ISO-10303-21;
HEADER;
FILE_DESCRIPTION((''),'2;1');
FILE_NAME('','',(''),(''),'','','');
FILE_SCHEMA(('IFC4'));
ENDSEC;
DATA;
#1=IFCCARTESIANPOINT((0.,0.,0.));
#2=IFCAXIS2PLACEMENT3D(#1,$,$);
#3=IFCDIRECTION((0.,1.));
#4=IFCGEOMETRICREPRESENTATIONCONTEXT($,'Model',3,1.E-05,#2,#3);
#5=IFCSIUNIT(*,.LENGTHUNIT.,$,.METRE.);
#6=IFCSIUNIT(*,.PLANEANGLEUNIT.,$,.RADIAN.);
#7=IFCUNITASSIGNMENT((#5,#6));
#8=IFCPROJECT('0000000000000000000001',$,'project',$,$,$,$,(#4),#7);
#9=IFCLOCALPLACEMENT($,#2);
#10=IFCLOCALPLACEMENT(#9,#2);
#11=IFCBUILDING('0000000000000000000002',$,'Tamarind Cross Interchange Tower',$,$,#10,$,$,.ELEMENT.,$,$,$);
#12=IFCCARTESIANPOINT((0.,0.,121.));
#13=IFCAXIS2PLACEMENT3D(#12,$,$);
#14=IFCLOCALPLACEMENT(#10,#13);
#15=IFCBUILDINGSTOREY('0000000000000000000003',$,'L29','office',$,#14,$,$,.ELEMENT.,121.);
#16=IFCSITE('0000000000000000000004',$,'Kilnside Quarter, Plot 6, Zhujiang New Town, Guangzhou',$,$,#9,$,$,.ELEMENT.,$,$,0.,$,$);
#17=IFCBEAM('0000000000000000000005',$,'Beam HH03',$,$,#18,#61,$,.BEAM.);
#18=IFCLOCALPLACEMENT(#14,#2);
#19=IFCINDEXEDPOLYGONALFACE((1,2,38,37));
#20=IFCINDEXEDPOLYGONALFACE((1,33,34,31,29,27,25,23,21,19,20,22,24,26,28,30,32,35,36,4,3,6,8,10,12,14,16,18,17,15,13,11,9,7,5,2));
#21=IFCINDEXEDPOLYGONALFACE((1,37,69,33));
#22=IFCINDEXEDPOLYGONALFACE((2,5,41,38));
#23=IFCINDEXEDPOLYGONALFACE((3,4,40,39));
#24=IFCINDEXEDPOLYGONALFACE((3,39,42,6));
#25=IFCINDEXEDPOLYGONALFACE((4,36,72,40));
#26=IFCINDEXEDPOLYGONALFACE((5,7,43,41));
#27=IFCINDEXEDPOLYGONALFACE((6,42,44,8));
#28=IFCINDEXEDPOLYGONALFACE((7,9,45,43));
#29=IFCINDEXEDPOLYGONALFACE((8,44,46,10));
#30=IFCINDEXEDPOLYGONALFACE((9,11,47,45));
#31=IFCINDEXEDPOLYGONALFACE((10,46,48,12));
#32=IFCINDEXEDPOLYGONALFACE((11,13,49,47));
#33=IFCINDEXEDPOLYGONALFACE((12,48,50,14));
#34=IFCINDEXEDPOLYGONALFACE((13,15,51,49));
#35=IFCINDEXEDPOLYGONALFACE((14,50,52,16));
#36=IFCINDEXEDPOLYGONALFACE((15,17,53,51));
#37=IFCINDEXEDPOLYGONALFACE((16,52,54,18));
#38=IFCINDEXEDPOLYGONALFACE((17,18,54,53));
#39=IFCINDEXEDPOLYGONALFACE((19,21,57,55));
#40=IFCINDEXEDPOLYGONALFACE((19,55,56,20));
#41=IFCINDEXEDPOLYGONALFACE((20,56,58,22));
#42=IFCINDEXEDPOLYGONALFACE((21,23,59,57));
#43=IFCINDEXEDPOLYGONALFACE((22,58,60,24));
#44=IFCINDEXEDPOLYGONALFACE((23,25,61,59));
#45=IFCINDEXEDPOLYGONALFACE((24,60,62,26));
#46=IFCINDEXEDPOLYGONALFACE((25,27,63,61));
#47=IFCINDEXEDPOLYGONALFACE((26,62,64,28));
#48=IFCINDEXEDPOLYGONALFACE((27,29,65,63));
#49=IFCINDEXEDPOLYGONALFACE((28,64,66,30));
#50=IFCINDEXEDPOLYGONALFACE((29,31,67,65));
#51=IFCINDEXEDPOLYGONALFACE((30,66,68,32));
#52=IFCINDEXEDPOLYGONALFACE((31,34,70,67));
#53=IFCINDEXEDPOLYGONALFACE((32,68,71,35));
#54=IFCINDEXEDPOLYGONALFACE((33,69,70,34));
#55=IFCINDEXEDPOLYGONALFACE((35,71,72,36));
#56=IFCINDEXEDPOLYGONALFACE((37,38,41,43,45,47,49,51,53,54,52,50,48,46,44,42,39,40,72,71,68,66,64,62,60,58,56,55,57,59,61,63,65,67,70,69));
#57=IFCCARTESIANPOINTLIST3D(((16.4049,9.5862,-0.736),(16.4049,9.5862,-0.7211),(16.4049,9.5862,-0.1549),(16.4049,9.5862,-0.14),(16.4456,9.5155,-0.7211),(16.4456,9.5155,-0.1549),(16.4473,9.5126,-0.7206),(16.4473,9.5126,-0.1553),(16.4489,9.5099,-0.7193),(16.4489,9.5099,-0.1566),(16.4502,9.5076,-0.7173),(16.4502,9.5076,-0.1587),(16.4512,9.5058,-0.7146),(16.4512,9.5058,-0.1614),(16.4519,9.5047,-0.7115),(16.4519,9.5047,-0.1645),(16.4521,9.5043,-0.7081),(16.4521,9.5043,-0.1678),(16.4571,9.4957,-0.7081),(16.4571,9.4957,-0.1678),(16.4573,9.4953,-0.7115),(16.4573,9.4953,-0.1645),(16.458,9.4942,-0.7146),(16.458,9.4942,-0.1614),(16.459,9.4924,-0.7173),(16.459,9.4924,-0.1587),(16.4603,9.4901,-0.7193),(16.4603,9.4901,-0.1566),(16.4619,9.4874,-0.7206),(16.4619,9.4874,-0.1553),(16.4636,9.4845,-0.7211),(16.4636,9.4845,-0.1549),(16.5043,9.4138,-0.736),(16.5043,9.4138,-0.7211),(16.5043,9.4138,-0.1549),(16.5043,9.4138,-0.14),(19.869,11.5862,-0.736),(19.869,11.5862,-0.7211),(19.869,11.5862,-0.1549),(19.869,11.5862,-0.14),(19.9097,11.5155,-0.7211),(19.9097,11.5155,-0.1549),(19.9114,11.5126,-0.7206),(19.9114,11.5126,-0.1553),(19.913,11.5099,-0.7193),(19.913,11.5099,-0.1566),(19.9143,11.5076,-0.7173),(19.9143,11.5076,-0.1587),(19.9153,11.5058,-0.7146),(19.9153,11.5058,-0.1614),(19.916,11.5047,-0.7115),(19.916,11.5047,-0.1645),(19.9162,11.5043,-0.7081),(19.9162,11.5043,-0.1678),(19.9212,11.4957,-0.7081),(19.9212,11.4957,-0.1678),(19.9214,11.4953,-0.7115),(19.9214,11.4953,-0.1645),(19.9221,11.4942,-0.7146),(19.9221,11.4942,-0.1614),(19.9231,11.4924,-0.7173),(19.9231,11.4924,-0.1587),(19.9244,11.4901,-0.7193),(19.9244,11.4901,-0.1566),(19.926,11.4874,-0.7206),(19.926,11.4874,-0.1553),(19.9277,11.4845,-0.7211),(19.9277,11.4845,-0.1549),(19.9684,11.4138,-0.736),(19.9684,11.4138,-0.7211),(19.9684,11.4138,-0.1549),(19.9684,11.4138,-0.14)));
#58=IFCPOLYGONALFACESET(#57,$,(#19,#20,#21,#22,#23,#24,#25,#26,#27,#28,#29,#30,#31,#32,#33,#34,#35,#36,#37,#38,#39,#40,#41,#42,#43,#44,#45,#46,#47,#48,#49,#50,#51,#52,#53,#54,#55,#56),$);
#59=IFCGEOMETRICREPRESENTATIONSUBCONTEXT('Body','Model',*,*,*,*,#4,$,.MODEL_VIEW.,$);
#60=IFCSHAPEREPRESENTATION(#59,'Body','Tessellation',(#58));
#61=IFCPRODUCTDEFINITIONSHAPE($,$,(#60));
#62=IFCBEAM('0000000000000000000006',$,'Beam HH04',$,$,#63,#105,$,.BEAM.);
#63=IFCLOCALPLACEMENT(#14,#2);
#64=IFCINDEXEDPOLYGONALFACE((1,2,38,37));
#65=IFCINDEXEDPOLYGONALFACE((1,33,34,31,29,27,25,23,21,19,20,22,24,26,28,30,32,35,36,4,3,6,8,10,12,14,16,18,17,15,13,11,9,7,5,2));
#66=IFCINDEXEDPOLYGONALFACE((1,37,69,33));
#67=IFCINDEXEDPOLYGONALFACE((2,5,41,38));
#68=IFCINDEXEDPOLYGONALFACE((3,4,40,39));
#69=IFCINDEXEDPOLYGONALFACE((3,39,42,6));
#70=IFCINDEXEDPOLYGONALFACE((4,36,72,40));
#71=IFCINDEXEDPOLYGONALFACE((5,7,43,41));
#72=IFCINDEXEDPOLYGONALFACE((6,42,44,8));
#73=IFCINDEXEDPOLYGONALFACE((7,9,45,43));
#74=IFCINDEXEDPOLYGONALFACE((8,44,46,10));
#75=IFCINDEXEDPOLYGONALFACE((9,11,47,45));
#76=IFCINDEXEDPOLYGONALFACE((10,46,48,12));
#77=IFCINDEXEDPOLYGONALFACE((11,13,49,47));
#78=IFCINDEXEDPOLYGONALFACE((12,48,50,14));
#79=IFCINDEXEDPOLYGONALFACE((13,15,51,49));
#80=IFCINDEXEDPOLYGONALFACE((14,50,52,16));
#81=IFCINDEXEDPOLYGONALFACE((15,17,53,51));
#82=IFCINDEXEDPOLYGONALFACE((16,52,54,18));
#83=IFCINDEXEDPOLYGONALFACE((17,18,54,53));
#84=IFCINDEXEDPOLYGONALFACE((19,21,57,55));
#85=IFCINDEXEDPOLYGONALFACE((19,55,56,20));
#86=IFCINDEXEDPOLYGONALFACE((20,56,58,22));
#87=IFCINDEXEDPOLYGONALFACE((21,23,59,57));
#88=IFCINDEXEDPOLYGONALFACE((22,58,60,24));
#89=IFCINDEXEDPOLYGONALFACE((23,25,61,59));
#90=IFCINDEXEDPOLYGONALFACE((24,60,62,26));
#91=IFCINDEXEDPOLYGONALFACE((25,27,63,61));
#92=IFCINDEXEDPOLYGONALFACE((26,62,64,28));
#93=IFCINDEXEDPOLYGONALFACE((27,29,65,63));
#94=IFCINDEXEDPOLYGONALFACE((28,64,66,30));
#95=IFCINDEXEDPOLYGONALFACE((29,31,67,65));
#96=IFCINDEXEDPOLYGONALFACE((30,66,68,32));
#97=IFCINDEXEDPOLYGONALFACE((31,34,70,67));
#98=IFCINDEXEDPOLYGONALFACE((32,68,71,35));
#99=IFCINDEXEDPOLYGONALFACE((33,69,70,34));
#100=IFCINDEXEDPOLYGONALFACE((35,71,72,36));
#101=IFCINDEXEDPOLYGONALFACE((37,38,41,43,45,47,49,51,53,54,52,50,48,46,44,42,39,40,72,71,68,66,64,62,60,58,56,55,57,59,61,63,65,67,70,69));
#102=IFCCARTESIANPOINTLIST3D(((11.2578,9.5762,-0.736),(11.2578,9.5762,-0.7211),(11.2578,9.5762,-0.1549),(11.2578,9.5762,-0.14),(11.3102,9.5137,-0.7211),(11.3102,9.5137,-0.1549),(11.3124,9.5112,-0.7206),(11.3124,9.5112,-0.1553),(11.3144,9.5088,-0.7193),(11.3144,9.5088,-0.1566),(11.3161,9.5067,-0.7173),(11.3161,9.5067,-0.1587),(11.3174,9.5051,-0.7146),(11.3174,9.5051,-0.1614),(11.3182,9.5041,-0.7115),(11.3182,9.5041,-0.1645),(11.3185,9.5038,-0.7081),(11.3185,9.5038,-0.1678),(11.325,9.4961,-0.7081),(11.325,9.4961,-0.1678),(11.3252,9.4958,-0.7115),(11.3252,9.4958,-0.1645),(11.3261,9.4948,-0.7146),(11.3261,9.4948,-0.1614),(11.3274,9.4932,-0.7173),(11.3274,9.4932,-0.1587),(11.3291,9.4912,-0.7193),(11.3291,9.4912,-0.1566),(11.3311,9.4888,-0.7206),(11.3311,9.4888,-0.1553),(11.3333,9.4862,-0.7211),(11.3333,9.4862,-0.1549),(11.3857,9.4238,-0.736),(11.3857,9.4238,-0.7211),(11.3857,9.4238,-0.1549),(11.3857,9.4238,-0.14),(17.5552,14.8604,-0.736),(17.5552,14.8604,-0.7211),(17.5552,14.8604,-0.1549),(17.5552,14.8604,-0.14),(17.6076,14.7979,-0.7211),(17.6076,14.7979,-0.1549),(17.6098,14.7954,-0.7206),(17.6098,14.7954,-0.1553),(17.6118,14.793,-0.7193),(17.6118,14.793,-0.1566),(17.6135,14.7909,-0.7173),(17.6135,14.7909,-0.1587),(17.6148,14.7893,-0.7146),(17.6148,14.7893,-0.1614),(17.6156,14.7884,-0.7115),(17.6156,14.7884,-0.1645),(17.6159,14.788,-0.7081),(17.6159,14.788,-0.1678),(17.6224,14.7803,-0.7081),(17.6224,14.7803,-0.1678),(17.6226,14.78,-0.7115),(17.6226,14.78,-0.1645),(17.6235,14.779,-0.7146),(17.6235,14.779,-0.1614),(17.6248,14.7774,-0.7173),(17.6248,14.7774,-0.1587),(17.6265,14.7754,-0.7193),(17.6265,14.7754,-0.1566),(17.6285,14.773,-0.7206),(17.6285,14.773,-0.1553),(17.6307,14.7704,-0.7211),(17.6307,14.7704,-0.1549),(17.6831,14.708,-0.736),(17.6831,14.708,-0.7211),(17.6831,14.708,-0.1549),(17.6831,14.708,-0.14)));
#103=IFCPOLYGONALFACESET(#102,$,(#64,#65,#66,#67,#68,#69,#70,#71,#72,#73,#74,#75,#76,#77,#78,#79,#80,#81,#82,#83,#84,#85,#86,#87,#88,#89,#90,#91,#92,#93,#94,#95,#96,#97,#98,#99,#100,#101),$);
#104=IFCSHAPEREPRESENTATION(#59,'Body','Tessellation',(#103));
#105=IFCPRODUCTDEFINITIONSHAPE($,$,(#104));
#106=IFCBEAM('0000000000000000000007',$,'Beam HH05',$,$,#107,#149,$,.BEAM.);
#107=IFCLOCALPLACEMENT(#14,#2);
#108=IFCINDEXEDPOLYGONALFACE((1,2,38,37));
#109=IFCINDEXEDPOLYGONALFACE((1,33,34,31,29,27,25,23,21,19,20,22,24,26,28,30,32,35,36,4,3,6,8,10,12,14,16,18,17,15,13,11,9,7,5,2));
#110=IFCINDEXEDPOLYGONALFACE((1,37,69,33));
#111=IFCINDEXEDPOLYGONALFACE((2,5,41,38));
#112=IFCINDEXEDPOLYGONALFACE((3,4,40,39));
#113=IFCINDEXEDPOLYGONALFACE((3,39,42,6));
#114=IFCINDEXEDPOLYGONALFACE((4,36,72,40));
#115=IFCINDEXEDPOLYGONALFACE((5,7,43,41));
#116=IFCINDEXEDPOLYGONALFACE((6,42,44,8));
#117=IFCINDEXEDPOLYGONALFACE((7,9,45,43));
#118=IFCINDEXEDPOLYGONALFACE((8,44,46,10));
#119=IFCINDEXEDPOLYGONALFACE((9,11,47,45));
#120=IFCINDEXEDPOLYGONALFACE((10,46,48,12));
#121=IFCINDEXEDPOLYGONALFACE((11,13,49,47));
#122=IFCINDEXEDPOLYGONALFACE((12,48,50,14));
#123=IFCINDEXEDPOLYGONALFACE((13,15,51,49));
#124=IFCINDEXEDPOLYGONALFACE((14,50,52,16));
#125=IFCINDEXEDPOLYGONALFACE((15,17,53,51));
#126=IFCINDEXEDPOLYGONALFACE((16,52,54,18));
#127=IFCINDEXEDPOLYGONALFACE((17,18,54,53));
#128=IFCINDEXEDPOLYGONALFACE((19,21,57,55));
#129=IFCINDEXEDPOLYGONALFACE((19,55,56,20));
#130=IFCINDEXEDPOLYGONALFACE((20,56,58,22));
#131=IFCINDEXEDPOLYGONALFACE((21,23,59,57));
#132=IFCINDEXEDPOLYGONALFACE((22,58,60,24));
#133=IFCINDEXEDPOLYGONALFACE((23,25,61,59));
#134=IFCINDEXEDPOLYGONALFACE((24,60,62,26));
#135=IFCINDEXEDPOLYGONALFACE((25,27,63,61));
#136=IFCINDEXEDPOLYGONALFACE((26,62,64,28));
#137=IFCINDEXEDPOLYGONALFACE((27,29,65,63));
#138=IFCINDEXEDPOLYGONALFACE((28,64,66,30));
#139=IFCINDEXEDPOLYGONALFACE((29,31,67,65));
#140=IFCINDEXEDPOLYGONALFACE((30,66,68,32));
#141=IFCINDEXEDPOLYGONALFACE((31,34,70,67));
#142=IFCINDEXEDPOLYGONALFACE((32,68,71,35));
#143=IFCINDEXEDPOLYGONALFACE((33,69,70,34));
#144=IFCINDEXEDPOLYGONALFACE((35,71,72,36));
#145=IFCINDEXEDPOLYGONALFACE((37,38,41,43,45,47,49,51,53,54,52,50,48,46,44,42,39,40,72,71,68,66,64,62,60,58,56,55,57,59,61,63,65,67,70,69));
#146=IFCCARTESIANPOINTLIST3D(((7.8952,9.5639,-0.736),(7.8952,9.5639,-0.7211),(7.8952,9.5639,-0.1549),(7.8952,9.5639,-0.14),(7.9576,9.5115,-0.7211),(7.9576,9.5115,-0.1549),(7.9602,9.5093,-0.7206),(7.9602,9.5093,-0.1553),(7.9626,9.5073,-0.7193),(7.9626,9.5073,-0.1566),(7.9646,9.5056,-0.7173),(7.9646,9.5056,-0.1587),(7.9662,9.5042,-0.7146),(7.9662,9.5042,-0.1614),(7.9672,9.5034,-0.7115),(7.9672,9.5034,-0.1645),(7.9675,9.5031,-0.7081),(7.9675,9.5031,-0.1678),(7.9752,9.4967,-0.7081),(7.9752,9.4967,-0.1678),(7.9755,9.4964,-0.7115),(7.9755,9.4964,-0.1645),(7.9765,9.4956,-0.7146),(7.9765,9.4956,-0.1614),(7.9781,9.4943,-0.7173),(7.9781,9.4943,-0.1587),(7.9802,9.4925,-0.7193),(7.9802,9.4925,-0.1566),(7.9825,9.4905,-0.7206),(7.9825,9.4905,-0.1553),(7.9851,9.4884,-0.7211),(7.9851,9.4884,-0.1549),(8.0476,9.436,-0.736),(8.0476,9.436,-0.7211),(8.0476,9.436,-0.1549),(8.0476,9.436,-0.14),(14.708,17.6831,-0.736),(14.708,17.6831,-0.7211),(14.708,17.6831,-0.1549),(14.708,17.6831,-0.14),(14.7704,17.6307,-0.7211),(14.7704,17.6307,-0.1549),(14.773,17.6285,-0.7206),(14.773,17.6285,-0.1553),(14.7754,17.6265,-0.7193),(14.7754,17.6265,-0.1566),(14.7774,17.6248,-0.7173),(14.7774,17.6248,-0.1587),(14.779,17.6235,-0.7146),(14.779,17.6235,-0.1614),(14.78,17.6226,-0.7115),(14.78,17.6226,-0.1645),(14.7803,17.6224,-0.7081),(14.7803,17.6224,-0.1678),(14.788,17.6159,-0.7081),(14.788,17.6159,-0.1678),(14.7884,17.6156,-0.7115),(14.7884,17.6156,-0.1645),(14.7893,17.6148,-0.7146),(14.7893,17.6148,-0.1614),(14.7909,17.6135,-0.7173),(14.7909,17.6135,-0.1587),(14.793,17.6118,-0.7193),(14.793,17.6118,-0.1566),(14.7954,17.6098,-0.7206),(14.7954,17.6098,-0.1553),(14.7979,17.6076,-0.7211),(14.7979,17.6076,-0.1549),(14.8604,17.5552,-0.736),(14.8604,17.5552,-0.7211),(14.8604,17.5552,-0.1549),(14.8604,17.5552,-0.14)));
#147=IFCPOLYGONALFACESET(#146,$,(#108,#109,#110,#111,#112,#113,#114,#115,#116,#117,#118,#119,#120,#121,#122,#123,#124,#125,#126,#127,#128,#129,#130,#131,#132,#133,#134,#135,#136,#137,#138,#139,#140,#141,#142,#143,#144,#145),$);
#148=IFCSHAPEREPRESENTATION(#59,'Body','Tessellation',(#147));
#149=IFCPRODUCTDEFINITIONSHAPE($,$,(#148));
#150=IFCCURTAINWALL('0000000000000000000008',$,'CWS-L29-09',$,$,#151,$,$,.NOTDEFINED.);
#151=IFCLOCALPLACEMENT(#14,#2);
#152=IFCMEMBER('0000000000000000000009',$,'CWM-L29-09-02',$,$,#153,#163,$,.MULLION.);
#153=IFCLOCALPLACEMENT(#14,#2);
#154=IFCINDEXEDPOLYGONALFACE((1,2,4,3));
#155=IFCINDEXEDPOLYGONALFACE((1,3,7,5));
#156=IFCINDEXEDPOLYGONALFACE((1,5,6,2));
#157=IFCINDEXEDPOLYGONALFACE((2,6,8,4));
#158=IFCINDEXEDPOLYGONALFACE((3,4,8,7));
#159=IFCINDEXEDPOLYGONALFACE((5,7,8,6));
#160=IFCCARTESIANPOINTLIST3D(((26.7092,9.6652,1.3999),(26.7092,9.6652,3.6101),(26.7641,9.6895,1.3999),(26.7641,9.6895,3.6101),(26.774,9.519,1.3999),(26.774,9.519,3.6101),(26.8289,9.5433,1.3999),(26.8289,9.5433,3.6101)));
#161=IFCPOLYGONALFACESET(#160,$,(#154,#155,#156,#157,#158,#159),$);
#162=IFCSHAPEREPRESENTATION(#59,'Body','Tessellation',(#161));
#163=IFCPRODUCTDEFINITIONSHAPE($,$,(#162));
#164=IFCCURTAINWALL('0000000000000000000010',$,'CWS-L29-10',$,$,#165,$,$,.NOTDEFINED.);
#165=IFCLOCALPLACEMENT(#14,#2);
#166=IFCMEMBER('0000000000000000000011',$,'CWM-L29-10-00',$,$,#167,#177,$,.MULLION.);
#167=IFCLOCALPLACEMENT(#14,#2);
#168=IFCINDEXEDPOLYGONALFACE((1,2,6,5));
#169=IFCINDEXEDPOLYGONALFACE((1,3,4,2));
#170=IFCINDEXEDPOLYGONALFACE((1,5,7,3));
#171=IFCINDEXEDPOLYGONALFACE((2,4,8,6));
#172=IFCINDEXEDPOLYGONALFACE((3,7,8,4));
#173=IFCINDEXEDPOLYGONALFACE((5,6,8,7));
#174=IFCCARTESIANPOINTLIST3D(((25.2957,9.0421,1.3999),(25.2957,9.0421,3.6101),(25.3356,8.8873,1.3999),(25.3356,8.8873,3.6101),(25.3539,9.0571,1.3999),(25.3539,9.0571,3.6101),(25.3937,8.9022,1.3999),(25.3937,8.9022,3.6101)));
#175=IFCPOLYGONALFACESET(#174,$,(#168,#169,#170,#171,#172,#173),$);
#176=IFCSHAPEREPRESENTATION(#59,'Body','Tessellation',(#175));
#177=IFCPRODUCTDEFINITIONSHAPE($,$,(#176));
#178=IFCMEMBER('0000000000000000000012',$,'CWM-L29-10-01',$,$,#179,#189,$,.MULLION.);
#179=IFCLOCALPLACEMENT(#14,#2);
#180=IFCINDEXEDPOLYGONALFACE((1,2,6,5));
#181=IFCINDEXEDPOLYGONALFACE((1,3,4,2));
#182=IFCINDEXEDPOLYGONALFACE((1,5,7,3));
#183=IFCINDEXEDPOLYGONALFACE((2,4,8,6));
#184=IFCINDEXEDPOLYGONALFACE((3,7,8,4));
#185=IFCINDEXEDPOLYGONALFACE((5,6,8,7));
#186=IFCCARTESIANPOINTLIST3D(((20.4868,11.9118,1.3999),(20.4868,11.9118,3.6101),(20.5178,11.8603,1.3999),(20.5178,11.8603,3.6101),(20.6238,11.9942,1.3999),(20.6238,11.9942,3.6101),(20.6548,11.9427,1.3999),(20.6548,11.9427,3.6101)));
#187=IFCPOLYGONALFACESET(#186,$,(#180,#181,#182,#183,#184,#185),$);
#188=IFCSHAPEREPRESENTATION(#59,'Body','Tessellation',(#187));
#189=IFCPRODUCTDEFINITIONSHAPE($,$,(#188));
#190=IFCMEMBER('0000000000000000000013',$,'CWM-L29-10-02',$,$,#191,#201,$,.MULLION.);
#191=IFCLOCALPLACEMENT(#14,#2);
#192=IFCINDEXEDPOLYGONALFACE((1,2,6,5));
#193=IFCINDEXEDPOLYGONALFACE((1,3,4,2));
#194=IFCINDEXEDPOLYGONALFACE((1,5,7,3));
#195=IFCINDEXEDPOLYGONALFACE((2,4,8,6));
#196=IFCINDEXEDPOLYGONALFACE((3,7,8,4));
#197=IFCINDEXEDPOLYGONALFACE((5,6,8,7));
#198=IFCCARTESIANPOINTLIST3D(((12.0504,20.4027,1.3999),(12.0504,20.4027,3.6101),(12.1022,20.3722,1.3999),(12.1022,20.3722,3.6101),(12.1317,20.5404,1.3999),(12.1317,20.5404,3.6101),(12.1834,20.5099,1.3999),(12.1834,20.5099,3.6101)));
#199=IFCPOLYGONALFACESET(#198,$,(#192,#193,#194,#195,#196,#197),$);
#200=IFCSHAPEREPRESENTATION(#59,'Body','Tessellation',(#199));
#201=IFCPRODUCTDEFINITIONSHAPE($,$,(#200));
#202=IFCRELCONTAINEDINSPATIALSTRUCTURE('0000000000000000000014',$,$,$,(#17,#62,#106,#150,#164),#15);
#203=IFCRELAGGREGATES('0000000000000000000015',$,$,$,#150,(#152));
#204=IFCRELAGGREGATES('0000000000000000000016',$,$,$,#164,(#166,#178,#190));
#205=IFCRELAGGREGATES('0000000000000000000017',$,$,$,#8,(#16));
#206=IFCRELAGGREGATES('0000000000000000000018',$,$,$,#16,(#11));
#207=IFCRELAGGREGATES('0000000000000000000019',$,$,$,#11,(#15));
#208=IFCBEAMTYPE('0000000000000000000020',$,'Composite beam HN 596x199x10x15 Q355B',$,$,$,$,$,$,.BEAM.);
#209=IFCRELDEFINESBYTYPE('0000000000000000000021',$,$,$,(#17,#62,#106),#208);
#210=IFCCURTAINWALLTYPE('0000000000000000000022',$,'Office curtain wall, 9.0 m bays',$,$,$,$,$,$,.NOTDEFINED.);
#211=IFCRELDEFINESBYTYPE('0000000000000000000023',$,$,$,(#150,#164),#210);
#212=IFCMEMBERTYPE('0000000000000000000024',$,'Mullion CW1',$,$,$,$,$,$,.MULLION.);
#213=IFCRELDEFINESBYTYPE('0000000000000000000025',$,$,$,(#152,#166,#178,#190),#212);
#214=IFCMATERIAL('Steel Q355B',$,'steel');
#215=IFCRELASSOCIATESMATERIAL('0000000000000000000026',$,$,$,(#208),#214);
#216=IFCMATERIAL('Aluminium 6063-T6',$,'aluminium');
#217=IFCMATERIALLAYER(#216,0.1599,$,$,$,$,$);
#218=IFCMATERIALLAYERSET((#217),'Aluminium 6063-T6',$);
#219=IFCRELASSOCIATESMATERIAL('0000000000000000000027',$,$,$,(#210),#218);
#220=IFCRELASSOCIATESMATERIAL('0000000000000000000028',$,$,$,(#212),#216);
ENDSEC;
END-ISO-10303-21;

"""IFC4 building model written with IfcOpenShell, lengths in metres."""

from ifc_helpers import new_model, si_unit, direction, frame, origin, origin_2d, place, context, subcontext, project, spatial, rectangle, i_section, extrude, material, layer, layer_set, material_profile, profile_set, type_object, element, aggregate, save


model = new_model("IFC4")

# Units and contexts
model_context = context("Model", 3, precision=1e-05, world=origin(), true_north=direction((0.0, 1.0)))
body_context = subcontext(model_context, "Body", "Model", "MODEL_VIEW")
ifc_project = project(units=[si_unit("LENGTHUNIT", "METRE"), si_unit("PLANEANGLEUNIT", "RADIAN")], contexts=[model_context])

# Site, building, storey
site_placement = place(None, origin())
site = spatial("IfcSite", under=ifc_project, at=site_placement, Name="Kilnside Quarter, Plot 6, Zhujiang New Town, Guangzhou", CompositionType="ELEMENT", RefElevation=0.0)
building_placement = place(site_placement, origin())
building = spatial("IfcBuilding", under=site, at=building_placement, Name="Tamarind Cross Interchange Tower", CompositionType="ELEMENT")
storey_placement = place(building_placement, frame((0.0, 0.0, 121.0)))
storey = spatial("IfcBuildingStorey", under=building, at=storey_placement, Name="L29", Description="office", CompositionType="ELEMENT", Elevation=121.0)

# Beams
ifc_material_1 = material(Name="Steel Q355B", Category="steel")
ifc_material_profile_1 = material_profile(ifc_material_1, i_section(OverallWidth=0.199, OverallDepth=0.5959, WebThickness=0.01, FlangeThickness=0.0149, FilletRadius=0.0129, at=origin_2d()), Name="HN 596x199x10x15")
ifc_profile_set_1 = profile_set([ifc_material_profile_1], Name="Steel Q355B")
beam_type_1 = type_object("IfcBeamType", Name="Composite beam HN 596x199x10x15 Q355B", PredefinedType="BEAM", material=ifc_profile_set_1)
beam_1_placement = place(storey_placement, frame((19.9187, 11.5, -0.438), z_axis=(-0.866026, -0.499999, 0.0), x_axis=(0.499999, -0.866026, 0.0)))
element("IfcBeam", 1, at=beam_1_placement, inside=storey, type_object=beam_type_1, Name="Beam HH03", PredefinedType="BEAM", context=body_context, shape_type="SweptSolid", body=[
    extrude(i_section(OverallWidth=0.199, OverallDepth=0.5959, WebThickness=0.01, FlangeThickness=0.0149, FilletRadius=0.0129, at=origin_2d()), origin(), (0.0, 0.0, 1.0), 4.0),
])
beam_2_placement = place(storey_placement, frame((17.6191, 14.7842, -0.438), z_axis=(-0.766041, -0.642792, 0.0), x_axis=(0.642792, -0.766041, 0.0)))
element("IfcBeam", 2, at=beam_2_placement, inside=storey, type_object=beam_type_1, Name="Beam HH04", PredefinedType="BEAM", context=body_context, shape_type="SweptSolid", body=[
    extrude(i_section(OverallWidth=0.199, OverallDepth=0.5959, WebThickness=0.01, FlangeThickness=0.0149, FilletRadius=0.0129, at=origin_2d()), origin(), (0.0, 0.0, 1.0), 8.2207),
])
beam_3_placement = place(storey_placement, frame((14.7842, 17.6191, -0.438), z_axis=(-0.642786, -0.766046, 0.0), x_axis=(0.766046, -0.642786, 0.0)))
element("IfcBeam", 3, at=beam_3_placement, inside=storey, type_object=beam_type_1, Name="Beam HH05", PredefinedType="BEAM", context=body_context, shape_type="SweptSolid", body=[
    extrude(i_section(OverallWidth=0.199, OverallDepth=0.5959, WebThickness=0.01, FlangeThickness=0.0149, FilletRadius=0.0129, at=origin_2d()), origin(), (0.0, 0.0, 1.0), 10.5989),
])

# Curtain wall, member
ifc_material_2 = material(Name="Aluminium 6063-T6", Category="aluminium")
ifc_layer_1 = layer(ifc_material_2, 0.1599)
ifc_layer_set_1 = layer_set([ifc_layer_1], Name="Aluminium 6063-T6")
curtain_wall_type = type_object("IfcCurtainWallType", Name="Office curtain wall, 9.0 m bays", PredefinedType="NOTDEFINED", material=ifc_layer_set_1)
curtain_wall_1_placement = place(storey_placement, origin())
curtain_wall_1 = element("IfcCurtainWall", 4, at=curtain_wall_1_placement, inside=storey, type_object=curtain_wall_type, Name="CWS-L29-09", PredefinedType="NOTDEFINED")
ifc_material_profile_2 = material_profile(ifc_material_2, rectangle(XDim=0.0601, YDim=0.1599, at=origin_2d()), Name="Mullion CW1")
ifc_profile_set_2 = profile_set([ifc_material_profile_2], Name="Aluminium 6063-T6")
member_type = type_object("IfcMemberType", Name="Mullion CW1", PredefinedType="MULLION", material=ifc_profile_set_2)
member_1_placement = place(storey_placement, frame((26.769, 9.6042, 1.3999), z_axis=(0.0, 0.0, 1.0), x_axis=(-0.91404, -0.405624, 0.0)))
member_1 = element("IfcMember", 5, at=member_1_placement, type_object=member_type, Name="CWM-L29-09-02", PredefinedType="MULLION", context=body_context, shape_type="SweptSolid", body=[
    extrude(rectangle(XDim=0.0601, YDim=0.1599, at=origin_2d()), origin(), (0.0, 0.0, 1.0), 2.2102),
])
aggregate(curtain_wall_1, [member_1])

# Curtain wall, members
curtain_wall_2_placement = place(storey_placement, origin())
curtain_wall_2 = element("IfcCurtainWall", 6, at=curtain_wall_2_placement, inside=storey, type_object=curtain_wall_type, Name="CWS-L29-10", PredefinedType="NOTDEFINED")
member_2_placement = place(storey_placement, frame((25.3447, 8.9722, 1.3999), z_axis=(0.0, 0.0, 1.0), x_axis=(-0.968506, -0.24899, 0.0)))
member_2 = element("IfcMember", 7, at=member_2_placement, type_object=member_type, Name="CWM-L29-10-00", PredefinedType="MULLION", context=body_context, shape_type="SweptSolid", body=[
    extrude(rectangle(XDim=0.0601, YDim=0.1599, at=origin_2d()), origin(), (0.0, 0.0, 1.0), 2.2102),
])
member_3_placement = place(storey_placement, frame((20.5708, 11.9272, 1.3999), z_axis=(0.0, 0.0, 1.0), x_axis=(-0.515577, 0.856843, 0.0)))
member_3 = element("IfcMember", 8, at=member_3_placement, type_object=member_type, Name="CWM-L29-10-01", PredefinedType="MULLION", context=body_context, shape_type="SweptSolid", body=[
    extrude(rectangle(XDim=0.0601, YDim=0.1599, at=origin_2d()), origin(), (0.0, 0.0, 1.0), 2.2102),
])
member_4_placement = place(storey_placement, frame((12.1169, 20.4563, 1.3999), z_axis=(0.0, 0.0, 1.0), x_axis=(-0.861249, 0.508183, 0.0)))
member_4 = element("IfcMember", 9, at=member_4_placement, type_object=member_type, Name="CWM-L29-10-02", PredefinedType="MULLION", context=body_context, shape_type="SweptSolid", body=[
    extrude(rectangle(XDim=0.0601, YDim=0.1599, at=origin_2d()), origin(), (0.0, 0.0, 1.0), 2.2102),
])
aggregate(curtain_wall_2, [member_2, member_3, member_4])

save(model, "model.ifc")
